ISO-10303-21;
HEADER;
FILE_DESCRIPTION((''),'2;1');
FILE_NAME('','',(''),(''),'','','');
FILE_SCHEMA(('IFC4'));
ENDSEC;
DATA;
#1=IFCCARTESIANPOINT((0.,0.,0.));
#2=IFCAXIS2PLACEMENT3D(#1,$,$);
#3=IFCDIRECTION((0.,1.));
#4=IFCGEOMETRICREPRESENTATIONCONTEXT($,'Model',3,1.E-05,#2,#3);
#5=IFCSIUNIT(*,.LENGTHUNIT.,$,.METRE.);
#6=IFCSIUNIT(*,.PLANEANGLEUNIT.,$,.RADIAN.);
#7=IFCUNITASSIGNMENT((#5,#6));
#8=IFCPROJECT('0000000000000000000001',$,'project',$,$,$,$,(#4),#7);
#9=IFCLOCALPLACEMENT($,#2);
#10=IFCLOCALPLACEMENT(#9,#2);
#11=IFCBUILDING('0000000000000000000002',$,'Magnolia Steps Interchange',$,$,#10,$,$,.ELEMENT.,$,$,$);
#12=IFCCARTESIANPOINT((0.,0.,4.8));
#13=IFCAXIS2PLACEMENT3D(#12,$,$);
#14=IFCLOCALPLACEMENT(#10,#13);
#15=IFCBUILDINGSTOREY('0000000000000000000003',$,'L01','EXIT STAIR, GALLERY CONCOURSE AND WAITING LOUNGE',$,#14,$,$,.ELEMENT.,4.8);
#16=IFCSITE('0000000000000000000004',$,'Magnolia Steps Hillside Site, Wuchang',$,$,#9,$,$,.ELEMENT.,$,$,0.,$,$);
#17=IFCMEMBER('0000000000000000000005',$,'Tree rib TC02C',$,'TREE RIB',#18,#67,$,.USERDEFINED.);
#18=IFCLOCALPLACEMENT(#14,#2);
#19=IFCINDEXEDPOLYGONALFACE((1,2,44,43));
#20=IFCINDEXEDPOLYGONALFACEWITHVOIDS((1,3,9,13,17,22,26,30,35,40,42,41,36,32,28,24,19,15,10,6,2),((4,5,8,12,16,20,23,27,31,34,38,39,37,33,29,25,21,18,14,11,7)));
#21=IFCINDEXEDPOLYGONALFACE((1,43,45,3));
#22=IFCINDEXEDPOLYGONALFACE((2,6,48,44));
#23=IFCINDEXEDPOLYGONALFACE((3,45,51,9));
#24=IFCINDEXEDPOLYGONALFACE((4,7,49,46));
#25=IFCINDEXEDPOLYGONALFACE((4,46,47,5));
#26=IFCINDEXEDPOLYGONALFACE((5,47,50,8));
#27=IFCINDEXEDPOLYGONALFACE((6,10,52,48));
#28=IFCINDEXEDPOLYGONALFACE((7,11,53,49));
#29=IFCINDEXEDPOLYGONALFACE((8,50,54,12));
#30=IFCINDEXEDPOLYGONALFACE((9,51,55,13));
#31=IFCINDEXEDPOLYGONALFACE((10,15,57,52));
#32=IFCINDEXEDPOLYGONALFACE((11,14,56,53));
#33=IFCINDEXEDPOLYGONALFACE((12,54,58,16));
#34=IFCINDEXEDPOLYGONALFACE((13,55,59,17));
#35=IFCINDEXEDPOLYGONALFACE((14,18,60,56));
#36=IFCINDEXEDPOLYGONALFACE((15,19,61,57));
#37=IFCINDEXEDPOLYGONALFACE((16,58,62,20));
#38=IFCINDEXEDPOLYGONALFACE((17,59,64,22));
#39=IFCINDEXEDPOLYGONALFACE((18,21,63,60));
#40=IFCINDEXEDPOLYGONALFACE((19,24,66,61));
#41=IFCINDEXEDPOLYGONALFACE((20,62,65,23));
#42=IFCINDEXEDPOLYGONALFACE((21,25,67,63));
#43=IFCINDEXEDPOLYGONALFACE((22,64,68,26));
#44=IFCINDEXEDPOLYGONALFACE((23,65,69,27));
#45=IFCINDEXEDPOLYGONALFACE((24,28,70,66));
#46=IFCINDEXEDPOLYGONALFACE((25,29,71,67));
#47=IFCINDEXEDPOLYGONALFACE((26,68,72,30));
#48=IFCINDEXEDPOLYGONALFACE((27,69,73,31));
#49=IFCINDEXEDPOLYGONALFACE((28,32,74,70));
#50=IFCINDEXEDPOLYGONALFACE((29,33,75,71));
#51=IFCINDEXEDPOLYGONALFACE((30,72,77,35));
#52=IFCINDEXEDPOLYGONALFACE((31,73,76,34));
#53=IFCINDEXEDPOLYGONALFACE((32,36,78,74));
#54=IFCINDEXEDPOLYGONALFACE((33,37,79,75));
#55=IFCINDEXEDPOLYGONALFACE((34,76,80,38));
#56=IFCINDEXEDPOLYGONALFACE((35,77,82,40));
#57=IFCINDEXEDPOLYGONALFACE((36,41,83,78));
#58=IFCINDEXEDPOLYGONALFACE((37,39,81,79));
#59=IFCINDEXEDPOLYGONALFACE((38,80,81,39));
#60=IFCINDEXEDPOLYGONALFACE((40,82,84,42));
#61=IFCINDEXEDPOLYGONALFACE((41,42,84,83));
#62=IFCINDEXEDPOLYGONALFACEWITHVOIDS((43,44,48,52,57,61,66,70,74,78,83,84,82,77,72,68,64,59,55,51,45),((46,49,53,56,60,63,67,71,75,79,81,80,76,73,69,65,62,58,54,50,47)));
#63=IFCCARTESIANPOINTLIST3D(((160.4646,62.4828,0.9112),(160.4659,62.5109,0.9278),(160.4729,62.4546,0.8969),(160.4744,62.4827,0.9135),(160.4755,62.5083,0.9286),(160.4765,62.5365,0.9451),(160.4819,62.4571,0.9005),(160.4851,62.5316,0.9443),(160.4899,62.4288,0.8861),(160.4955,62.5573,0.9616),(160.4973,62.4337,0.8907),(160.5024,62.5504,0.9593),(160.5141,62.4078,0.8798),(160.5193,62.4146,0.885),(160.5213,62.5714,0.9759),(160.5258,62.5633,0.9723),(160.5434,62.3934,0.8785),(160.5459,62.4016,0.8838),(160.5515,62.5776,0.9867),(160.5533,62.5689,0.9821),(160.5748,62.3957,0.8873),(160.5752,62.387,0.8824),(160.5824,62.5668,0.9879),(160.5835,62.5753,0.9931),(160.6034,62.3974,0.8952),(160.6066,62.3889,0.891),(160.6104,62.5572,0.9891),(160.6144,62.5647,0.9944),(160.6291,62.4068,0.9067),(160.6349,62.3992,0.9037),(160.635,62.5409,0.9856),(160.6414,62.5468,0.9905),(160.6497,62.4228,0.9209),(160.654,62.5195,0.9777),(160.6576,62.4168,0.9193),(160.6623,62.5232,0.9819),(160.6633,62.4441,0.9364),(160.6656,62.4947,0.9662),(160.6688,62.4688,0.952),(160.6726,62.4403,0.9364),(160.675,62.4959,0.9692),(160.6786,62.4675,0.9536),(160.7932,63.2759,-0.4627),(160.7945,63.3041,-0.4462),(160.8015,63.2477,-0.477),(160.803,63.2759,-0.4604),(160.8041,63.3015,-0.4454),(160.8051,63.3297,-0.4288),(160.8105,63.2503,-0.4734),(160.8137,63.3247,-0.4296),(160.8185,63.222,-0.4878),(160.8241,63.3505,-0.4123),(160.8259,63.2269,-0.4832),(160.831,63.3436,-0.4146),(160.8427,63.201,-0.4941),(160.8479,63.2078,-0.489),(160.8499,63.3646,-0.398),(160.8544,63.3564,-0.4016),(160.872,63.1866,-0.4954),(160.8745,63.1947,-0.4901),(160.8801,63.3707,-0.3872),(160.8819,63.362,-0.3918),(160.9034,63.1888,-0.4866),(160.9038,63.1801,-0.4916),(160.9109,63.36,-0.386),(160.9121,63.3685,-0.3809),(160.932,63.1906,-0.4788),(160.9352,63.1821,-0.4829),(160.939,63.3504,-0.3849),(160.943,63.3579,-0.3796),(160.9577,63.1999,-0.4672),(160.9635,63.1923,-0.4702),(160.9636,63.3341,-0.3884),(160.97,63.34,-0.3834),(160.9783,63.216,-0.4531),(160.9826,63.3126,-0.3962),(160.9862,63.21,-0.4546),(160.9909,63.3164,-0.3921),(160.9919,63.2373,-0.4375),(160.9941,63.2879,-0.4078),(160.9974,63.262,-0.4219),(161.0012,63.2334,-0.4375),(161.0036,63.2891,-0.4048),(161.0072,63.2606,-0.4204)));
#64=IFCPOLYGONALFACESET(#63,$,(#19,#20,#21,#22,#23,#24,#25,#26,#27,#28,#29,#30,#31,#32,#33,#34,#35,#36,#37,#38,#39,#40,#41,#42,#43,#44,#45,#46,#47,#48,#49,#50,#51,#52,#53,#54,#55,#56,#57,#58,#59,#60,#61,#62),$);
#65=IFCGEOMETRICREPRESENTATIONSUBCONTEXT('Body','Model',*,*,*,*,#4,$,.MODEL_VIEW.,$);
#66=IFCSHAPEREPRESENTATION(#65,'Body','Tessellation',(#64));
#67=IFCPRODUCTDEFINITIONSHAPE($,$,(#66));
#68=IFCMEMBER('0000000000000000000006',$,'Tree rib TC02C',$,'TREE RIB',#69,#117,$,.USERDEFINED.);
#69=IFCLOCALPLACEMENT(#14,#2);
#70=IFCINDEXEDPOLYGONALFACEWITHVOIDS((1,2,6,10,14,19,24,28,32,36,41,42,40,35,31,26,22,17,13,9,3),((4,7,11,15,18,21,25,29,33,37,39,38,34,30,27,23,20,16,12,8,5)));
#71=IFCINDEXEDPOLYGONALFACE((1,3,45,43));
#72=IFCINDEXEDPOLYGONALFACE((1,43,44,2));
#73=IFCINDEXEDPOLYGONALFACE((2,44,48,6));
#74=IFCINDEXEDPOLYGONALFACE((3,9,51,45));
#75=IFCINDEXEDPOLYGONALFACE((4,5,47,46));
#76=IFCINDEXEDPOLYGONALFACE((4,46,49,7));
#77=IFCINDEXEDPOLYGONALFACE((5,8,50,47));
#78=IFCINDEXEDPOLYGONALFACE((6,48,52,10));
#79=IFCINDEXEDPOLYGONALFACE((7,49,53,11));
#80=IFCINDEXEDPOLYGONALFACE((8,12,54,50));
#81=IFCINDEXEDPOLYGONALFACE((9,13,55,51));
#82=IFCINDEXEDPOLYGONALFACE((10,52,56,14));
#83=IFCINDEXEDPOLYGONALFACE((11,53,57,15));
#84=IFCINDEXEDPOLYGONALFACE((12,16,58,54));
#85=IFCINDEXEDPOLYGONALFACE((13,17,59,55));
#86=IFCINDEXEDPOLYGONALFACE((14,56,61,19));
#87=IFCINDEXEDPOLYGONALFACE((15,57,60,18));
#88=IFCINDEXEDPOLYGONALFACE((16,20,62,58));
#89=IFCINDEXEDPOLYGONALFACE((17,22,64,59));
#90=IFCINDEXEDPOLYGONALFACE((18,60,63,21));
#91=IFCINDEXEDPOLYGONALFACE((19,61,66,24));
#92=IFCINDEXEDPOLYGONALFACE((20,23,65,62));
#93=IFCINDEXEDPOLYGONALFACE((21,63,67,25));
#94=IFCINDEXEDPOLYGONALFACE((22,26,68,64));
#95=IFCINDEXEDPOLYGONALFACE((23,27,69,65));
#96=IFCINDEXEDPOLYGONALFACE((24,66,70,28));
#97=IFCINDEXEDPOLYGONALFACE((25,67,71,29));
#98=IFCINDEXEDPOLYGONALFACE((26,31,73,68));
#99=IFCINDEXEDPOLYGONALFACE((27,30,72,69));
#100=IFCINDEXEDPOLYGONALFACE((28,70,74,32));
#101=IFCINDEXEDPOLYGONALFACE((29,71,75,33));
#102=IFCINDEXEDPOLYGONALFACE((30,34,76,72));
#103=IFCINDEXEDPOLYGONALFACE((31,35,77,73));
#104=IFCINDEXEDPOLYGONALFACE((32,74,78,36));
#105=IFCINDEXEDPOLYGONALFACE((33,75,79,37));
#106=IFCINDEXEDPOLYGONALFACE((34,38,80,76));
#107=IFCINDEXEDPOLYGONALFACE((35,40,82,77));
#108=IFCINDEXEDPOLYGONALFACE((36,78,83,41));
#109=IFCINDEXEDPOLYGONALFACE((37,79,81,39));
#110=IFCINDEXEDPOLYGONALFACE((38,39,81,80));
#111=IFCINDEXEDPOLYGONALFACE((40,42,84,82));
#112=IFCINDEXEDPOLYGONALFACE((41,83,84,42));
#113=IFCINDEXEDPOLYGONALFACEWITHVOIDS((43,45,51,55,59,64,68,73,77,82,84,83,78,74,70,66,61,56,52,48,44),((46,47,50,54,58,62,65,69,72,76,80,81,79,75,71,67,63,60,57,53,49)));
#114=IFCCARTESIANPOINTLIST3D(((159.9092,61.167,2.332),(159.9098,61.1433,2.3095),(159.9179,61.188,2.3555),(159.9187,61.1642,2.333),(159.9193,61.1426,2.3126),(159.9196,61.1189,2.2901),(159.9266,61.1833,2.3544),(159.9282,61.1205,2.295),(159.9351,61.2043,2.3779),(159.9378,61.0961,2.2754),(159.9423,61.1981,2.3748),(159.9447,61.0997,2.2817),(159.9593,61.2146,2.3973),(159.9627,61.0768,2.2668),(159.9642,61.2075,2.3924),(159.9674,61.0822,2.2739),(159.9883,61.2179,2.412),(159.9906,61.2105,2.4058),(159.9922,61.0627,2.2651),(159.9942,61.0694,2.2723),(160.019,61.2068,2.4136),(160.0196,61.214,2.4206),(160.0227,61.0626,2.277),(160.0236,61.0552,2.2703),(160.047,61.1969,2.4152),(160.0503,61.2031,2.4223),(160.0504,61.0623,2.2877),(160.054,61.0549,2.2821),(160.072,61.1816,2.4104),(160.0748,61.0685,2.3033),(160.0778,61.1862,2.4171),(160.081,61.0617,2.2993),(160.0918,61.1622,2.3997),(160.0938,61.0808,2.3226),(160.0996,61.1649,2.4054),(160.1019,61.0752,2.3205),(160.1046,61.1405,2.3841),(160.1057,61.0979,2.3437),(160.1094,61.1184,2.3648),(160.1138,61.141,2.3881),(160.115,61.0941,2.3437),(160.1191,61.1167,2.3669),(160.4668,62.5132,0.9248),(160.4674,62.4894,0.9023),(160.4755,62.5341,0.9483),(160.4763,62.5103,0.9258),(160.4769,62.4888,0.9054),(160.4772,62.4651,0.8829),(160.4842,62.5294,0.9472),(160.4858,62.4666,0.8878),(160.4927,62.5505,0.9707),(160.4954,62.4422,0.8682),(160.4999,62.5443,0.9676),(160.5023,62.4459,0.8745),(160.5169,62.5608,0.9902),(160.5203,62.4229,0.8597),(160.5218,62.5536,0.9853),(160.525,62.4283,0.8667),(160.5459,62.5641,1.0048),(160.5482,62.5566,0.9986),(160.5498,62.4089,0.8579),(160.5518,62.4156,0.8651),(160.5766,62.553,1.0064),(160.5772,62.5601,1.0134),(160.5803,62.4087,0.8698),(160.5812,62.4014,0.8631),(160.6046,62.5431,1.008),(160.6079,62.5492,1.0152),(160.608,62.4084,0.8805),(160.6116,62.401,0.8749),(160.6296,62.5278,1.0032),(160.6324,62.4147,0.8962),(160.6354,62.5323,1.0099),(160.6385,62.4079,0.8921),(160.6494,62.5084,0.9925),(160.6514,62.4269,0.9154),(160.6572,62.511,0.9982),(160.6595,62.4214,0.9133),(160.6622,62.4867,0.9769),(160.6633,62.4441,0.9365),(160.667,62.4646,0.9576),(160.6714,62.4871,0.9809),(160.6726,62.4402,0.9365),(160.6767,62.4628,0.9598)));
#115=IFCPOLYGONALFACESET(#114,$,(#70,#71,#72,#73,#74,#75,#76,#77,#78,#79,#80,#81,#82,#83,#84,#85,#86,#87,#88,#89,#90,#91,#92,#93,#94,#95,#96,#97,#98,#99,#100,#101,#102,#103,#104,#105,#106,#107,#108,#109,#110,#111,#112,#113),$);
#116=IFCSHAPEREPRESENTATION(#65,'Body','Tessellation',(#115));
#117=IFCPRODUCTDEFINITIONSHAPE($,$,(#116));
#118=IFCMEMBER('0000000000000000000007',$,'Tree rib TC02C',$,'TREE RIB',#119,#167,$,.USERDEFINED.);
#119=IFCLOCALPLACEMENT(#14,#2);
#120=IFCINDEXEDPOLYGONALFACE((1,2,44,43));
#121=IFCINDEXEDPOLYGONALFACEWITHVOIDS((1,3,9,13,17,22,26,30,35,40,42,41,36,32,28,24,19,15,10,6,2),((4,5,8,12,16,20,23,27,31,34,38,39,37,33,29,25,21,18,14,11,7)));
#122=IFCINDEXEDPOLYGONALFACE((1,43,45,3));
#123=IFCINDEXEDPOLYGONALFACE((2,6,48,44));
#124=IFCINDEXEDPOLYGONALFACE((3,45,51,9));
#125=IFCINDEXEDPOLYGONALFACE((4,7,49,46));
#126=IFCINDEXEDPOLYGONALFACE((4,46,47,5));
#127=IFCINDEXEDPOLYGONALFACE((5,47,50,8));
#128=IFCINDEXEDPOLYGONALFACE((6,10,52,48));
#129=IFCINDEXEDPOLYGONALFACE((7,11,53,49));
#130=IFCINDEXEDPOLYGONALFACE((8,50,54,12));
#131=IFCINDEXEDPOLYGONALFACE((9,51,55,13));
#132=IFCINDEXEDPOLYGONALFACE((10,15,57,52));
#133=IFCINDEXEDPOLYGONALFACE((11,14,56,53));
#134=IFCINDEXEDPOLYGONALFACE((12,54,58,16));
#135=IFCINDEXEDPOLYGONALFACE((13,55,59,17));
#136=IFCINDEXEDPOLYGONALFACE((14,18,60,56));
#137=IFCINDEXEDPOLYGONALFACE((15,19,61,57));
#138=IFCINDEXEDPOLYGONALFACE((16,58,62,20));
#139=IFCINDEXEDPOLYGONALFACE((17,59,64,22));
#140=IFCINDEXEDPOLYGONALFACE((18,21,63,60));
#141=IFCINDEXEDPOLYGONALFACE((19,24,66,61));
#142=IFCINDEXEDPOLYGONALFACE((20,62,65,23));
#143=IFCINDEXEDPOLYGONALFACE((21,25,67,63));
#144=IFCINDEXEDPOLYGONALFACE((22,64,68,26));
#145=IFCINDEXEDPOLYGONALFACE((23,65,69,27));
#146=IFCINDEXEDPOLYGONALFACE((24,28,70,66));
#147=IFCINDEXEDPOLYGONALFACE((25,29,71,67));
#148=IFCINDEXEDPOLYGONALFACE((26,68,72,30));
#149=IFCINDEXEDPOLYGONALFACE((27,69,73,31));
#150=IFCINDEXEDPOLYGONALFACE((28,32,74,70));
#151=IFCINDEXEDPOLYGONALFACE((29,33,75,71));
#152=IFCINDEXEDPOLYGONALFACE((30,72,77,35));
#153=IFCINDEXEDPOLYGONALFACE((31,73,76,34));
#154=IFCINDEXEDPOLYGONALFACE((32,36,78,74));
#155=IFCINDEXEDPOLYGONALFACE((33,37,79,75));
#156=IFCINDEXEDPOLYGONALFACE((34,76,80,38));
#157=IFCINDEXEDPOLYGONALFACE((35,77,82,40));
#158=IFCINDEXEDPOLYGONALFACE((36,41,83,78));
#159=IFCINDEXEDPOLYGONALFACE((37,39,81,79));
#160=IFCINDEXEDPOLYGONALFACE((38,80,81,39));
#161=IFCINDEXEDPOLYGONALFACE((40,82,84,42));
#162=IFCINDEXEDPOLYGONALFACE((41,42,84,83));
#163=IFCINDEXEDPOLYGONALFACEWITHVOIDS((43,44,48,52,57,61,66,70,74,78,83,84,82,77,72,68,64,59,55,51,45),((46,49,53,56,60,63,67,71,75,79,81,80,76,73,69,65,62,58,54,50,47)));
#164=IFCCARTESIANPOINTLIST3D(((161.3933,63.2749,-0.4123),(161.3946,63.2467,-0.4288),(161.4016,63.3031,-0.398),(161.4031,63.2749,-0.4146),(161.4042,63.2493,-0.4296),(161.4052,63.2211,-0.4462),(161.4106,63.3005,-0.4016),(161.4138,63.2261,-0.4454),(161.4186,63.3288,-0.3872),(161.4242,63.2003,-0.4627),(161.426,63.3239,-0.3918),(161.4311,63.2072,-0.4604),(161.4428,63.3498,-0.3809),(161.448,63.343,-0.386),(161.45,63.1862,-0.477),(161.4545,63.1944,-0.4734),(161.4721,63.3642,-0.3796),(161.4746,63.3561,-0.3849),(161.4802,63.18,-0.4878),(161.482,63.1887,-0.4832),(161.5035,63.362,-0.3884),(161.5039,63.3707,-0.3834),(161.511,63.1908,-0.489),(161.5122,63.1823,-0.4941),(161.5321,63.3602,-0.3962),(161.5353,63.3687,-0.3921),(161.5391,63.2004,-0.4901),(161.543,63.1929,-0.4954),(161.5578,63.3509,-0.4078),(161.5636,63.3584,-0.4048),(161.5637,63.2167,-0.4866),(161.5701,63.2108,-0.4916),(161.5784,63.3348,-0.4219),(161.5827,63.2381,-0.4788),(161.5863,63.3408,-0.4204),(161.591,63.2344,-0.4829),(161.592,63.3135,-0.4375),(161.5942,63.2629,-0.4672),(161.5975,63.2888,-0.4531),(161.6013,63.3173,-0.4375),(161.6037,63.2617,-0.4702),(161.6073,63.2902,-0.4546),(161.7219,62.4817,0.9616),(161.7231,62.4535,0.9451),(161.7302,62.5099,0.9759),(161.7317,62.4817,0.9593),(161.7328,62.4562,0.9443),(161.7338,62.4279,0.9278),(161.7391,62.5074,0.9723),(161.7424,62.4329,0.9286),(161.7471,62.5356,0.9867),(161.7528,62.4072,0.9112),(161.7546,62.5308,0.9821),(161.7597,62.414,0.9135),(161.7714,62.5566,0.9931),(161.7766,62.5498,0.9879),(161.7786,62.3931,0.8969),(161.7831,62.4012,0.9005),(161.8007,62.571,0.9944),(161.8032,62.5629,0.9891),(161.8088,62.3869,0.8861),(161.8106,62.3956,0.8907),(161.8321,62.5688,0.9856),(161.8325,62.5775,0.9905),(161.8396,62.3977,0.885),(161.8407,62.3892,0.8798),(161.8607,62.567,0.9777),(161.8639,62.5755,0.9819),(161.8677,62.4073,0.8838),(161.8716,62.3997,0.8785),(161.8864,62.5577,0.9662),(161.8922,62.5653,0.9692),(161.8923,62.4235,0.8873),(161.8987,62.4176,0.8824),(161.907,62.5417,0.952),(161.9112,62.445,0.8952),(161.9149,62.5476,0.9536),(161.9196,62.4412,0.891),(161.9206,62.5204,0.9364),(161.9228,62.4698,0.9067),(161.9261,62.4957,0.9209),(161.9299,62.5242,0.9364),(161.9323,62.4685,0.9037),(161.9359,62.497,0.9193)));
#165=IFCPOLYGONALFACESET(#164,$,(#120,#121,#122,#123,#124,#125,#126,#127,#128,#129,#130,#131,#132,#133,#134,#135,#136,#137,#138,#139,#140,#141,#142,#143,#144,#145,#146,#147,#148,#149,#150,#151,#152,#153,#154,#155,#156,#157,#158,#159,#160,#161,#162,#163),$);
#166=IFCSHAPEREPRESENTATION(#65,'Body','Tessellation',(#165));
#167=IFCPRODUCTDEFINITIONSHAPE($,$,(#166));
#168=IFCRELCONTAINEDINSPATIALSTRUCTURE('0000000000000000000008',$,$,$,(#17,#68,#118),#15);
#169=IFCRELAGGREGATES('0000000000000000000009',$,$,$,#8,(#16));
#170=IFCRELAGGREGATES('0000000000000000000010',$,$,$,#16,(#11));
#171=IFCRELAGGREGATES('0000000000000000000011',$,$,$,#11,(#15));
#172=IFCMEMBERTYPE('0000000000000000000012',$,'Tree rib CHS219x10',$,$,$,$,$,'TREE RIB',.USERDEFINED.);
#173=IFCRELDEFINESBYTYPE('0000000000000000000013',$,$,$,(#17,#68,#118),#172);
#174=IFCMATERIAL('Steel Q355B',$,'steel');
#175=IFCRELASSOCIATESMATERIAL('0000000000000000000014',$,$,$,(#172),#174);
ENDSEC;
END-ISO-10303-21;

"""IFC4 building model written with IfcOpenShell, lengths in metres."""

from ifc_helpers import new_model, si_unit, direction, frame, origin, origin_2d, place, context, subcontext, project, spatial, hollow_circle, extrude, material, material_profile, profile_set, type_object, element, save


model = new_model("IFC4")

# Units and contexts
model_context = context("Model", 3, precision=1e-05, world=origin(), true_north=direction((0.0, 1.0)))
body_context = subcontext(model_context, "Body", "Model", "MODEL_VIEW")
ifc_project = project(units=[si_unit("LENGTHUNIT", "METRE"), si_unit("PLANEANGLEUNIT", "RADIAN")], contexts=[model_context])

# Site, building, storey
site_placement = place(None, origin())
site = spatial("IfcSite", under=ifc_project, at=site_placement, Name="Magnolia Steps Hillside Site, Wuchang", CompositionType="ELEMENT", RefElevation=0.0)
building_placement = place(site_placement, origin())
building = spatial("IfcBuilding", under=site, at=building_placement, Name="Magnolia Steps Interchange", CompositionType="ELEMENT")
storey_placement = place(building_placement, frame((0.0, 0.0, 4.8)))
storey = spatial("IfcBuildingStorey", under=building, at=storey_placement, Name="L01", Description="EXIT STAIR, GALLERY CONCOURSE AND WAITING LOUNGE", CompositionType="ELEMENT", Elevation=4.8)

# Members
ifc_material_1 = material(Name="Steel Q355B", Category="steel")
ifc_material_profile_1 = material_profile(ifc_material_1, hollow_circle(Radius=0.1096, WallThickness=0.01, at=origin_2d()), Name="CHS219x10")
ifc_profile_set_1 = profile_set([ifc_material_profile_1], Name="Steel Q355B")
member_type = type_object("IfcMemberType", Name="Tree rib CHS219x10", ElementType="TREE RIB", PredefinedType="USERDEFINED", material=ifc_profile_set_1)
member_1_placement = place(storey_placement, frame((160.8999, 63.2754, -0.4375), z_axis=(-0.20282, -0.489571, 0.848047), x_axis=(0.923857, -0.382737, 0.0)))
element("IfcMember", 1, at=member_1_placement, inside=storey, type_object=member_type, Name="Tree rib TC02C", ObjectType="TREE RIB", PredefinedType="USERDEFINED", context=body_context, shape_type="SweptSolid", body=[
    extrude(hollow_circle(Radius=0.1096, WallThickness=0.01, at=origin_2d()), origin(), (0.0, 0.0, 1.0), 1.6201),
])
member_2_placement = place(storey_placement, frame((160.5713, 62.4822, 0.9365), z_axis=(-0.275272, -0.664557, 0.694687), x_axis=(0.923878, -0.382687, 0.0)))
element("IfcMember", 2, at=member_2_placement, inside=storey, type_object=member_type, Name="Tree rib TC02C", ObjectType="TREE RIB", PredefinedType="USERDEFINED", context=body_context, shape_type="SweptSolid", body=[
    extrude(hollow_circle(Radius=0.1096, WallThickness=0.01, at=origin_2d()), origin(), (0.0, 0.0, 1.0), 2.0256),
])
member_3_placement = place(storey_placement, frame((161.5, 63.2754, -0.4375), z_axis=(0.20282, -0.489571, 0.848047), x_axis=(0.923857, 0.382737, 0.0)))
element("IfcMember", 3, at=member_3_placement, inside=storey, type_object=member_type, Name="Tree rib TC02C", ObjectType="TREE RIB", PredefinedType="USERDEFINED", context=body_context, shape_type="SweptSolid", body=[
    extrude(hollow_circle(Radius=0.1096, WallThickness=0.01, at=origin_2d()), origin(), (0.0, 0.0, 1.0), 1.6201),
])

save(model, "model.ifc")
